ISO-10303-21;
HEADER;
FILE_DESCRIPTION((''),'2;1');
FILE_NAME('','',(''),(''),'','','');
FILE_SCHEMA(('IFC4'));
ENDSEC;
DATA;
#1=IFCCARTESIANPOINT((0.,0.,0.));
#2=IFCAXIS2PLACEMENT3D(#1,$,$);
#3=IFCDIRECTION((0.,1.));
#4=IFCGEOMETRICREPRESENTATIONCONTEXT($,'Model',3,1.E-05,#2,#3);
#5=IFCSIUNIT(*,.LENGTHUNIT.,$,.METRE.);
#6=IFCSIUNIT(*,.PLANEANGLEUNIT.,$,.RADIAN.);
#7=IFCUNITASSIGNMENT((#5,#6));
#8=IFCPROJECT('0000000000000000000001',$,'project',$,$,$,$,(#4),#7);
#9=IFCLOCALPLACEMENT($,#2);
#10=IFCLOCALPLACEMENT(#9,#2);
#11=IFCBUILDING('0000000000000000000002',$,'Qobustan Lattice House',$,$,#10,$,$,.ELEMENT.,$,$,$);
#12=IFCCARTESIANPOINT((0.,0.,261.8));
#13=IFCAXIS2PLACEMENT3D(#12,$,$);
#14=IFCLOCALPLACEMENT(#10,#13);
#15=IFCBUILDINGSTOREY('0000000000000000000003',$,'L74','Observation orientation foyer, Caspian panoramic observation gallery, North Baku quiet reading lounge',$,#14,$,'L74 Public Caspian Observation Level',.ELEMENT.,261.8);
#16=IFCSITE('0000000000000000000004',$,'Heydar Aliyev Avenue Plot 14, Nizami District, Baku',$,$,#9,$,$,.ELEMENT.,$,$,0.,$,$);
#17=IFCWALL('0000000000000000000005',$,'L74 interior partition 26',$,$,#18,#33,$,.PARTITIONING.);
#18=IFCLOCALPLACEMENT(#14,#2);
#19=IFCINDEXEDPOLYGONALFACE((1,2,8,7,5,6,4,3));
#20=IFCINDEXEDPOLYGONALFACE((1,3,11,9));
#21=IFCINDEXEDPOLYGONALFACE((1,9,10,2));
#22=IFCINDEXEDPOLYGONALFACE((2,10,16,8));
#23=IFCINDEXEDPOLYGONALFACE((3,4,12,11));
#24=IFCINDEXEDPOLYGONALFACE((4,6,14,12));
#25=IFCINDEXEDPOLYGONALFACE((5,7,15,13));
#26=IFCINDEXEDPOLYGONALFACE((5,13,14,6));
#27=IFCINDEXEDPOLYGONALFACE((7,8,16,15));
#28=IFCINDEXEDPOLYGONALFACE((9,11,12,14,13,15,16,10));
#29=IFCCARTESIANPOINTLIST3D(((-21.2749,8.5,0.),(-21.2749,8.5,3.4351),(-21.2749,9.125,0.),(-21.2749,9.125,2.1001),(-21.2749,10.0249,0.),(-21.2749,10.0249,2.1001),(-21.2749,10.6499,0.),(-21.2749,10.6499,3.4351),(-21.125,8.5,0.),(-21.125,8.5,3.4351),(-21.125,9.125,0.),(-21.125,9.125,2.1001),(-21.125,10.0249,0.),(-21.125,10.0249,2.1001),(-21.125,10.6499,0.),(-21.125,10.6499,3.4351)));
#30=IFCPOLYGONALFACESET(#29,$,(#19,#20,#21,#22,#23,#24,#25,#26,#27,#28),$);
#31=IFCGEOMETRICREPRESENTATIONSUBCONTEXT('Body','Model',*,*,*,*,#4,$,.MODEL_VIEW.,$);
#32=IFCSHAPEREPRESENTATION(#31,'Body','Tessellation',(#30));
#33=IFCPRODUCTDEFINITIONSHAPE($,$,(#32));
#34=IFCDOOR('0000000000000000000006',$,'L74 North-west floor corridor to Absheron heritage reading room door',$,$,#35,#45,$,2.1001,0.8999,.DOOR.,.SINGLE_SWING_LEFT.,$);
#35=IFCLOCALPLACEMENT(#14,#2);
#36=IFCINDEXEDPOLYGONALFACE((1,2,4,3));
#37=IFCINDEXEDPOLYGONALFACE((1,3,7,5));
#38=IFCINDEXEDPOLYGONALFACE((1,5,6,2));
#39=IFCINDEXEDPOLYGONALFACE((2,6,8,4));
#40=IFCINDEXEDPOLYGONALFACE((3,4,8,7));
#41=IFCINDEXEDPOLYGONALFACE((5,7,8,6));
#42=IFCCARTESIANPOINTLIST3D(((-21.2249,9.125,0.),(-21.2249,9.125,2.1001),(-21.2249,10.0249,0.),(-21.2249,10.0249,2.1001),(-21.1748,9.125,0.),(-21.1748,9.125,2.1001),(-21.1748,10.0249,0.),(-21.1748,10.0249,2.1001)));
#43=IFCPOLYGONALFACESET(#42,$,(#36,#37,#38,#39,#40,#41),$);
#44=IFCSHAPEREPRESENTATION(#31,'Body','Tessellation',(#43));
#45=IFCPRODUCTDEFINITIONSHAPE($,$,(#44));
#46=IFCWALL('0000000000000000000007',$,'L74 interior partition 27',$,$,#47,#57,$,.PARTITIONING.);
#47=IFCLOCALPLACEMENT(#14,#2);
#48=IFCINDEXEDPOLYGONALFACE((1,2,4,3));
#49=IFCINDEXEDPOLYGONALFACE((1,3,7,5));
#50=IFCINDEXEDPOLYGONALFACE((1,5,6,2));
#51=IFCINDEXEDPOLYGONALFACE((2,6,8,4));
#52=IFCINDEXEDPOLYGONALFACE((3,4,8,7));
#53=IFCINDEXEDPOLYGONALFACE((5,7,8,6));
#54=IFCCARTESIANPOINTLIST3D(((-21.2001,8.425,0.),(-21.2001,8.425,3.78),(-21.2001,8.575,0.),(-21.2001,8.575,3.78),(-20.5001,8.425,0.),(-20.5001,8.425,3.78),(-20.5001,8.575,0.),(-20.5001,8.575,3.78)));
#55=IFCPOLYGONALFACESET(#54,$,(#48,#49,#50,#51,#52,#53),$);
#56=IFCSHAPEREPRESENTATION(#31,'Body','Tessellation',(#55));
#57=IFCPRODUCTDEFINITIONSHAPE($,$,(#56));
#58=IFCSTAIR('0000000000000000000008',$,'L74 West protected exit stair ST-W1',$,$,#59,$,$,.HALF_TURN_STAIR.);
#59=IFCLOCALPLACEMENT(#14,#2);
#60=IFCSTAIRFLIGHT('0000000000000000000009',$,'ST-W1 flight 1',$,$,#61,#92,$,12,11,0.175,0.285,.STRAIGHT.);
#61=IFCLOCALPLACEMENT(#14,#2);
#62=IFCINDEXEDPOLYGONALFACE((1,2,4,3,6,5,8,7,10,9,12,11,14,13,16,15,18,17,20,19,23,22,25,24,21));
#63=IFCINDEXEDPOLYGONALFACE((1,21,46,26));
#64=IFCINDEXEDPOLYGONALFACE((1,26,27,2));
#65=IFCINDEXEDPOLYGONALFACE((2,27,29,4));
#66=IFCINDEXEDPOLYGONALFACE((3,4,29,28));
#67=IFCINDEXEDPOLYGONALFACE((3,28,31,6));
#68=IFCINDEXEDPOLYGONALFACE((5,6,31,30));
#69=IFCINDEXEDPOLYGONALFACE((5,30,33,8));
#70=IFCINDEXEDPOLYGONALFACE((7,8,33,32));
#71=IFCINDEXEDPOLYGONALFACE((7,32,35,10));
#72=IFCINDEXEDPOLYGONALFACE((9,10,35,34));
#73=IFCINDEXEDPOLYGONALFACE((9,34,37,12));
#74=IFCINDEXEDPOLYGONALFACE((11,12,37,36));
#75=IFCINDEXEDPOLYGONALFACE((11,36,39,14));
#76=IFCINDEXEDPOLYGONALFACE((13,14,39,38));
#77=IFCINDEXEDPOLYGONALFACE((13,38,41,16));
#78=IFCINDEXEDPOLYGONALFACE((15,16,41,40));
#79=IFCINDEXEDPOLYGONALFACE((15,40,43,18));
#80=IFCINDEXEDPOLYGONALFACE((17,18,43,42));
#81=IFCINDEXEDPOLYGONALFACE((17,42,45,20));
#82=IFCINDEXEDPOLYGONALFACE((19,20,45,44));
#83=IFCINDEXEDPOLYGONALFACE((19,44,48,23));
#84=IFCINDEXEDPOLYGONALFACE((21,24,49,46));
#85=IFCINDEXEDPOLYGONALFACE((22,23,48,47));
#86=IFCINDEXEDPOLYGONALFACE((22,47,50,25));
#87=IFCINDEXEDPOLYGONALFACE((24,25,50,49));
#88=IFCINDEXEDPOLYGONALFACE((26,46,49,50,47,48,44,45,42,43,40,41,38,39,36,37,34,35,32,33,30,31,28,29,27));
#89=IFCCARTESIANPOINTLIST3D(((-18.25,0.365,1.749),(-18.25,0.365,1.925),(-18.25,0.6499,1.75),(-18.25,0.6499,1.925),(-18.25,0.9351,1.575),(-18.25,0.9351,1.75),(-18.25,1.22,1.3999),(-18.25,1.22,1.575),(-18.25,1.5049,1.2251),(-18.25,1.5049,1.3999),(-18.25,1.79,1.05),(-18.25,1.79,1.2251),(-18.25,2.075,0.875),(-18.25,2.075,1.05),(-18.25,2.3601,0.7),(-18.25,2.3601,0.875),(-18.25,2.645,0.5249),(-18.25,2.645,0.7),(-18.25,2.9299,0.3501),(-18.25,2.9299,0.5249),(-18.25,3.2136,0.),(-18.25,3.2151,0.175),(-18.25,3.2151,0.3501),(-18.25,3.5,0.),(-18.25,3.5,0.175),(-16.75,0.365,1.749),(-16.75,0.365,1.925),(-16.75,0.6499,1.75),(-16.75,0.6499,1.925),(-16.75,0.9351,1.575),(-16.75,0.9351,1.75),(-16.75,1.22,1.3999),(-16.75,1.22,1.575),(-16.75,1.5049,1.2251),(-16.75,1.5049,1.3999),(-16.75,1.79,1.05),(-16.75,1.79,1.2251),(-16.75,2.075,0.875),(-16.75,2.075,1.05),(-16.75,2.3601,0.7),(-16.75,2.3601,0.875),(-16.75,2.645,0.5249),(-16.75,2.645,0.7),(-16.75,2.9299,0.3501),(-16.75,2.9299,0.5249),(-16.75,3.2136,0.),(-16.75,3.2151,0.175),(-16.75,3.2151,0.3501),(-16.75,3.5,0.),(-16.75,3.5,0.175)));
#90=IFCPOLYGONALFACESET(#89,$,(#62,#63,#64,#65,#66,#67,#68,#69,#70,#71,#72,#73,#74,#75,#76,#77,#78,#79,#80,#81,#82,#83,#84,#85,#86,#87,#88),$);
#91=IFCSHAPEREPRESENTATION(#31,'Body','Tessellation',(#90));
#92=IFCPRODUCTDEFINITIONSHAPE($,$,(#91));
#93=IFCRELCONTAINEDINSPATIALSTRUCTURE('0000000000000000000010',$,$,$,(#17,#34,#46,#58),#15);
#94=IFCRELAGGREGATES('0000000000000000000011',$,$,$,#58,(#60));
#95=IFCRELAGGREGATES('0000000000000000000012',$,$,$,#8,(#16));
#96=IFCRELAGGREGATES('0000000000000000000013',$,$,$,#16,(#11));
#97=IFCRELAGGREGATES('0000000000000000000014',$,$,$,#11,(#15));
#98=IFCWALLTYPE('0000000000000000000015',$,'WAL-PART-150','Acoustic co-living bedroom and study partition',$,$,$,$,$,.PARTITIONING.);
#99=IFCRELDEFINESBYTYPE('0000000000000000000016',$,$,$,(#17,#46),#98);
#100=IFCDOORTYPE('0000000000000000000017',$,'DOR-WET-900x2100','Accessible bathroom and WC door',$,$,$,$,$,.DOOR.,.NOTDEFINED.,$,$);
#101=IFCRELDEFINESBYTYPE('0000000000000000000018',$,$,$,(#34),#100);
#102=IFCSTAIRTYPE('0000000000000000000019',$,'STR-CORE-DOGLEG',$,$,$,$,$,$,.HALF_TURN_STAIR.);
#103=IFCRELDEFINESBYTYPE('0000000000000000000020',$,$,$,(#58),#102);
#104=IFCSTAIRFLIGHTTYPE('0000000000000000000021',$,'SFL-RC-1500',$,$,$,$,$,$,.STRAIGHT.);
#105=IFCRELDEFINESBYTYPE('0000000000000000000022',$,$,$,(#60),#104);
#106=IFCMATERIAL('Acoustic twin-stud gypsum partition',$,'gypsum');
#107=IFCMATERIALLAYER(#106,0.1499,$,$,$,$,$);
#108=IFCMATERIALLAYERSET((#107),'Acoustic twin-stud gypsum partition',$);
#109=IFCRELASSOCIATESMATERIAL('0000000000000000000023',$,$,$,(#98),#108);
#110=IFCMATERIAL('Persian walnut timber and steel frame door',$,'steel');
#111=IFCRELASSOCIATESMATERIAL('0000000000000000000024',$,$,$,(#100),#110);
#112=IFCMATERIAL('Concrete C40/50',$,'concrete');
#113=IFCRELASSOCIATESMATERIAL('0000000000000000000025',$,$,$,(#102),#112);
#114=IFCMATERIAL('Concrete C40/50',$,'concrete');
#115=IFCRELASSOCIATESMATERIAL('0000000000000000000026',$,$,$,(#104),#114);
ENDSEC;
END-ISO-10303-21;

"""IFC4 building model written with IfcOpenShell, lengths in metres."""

from ifc_helpers import new_model, si_unit, direction, frame, frame_2d, origin, place, context, subcontext, project, spatial, polyline, rectangle, outline, extrude, material, layer, layer_set, type_object, element, fill, aggregate, save


model = new_model("IFC4")

# Units and contexts
model_context = context("Model", 3, precision=1e-05, world=origin(), true_north=direction((0.0, 1.0)))
body_context = subcontext(model_context, "Body", "Model", "MODEL_VIEW")
ifc_project = project(units=[si_unit("LENGTHUNIT", "METRE"), si_unit("PLANEANGLEUNIT", "RADIAN")], contexts=[model_context])

# Site, building, storey
site_placement = place(None, origin())
site = spatial("IfcSite", under=ifc_project, at=site_placement, Name="Heydar Aliyev Avenue Plot 14, Nizami District, Baku", CompositionType="ELEMENT", RefElevation=0.0)
building_placement = place(site_placement, origin())
building = spatial("IfcBuilding", under=site, at=building_placement, Name="Qobustan Lattice House", CompositionType="ELEMENT")
storey_placement = place(building_placement, frame((0.0, 0.0, 261.8)))
storey = spatial("IfcBuildingStorey", under=building, at=storey_placement, Name="L74", Description="Observation orientation foyer, Caspian panoramic observation gallery, North Baku quiet reading lounge", LongName="L74 Public Caspian Observation Level", CompositionType="ELEMENT", Elevation=261.8)

# Wall, opening, door
ifc_material_1 = material(Name="Acoustic twin-stud gypsum partition", Category="gypsum")
ifc_layer_1 = layer(ifc_material_1, 0.1499)
ifc_layer_set_1 = layer_set([ifc_layer_1], Name="Acoustic twin-stud gypsum partition")
wall_type_1 = type_object("IfcWallType", Name="WAL-PART-150", Description="Acoustic co-living bedroom and study partition", PredefinedType="PARTITIONING", material=ifc_layer_set_1)
wall_1_placement = place(storey_placement, frame((-21.2, 8.5, 0.0), z_axis=(0.0, 0.0, 1.0), x_axis=(0.0, 1.0, 0.0)))
wall_1 = element("IfcWall", 1, at=wall_1_placement, inside=storey, type_object=wall_type_1, Name="L74 interior partition 26", PredefinedType="PARTITIONING", context=body_context, shape_type="SweptSolid", body=[
    extrude(rectangle(XDim=2.1499, YDim=0.1499, at=frame_2d((1.075, 0.0))), origin(), (0.0, 0.0, 1.0), 3.4351),
])
opening_1_placement = place(wall_1_placement, frame((0.625, 0.0, 0.0)))
opening_1 = element("IfcOpeningElement", 2, at=opening_1_placement, cuts=wall_1, PredefinedType="OPENING", context=body_context, shape_type="SweptSolid", body=[
    extrude(rectangle(XDim=0.8999, YDim=2.1001, at=frame_2d((0.45, 1.05))), frame((0.0, 0.085, 0.0), z_axis=(0.0, -1.0, 0.0), x_axis=(1.0, 0.0, 0.0)), (0.0, 0.0, 1.0), 0.1699),
])
ifc_material_2 = material(Name="Persian walnut timber and steel frame door", Category="steel")
door_type_1 = type_object("IfcDoorType", Name="DOR-WET-900x2100", Description="Accessible bathroom and WC door", OperationType="NOTDEFINED", PredefinedType="DOOR", material=ifc_material_2)
door_1_placement = place(opening_1_placement, origin())
door_1 = element("IfcDoor", 3, at=door_1_placement, inside=storey, type_object=door_type_1, Name="L74 North-west floor corridor to Absheron heritage reading room door", OperationType="SINGLE_SWING_LEFT", OverallHeight=2.1001, OverallWidth=0.8999, PredefinedType="DOOR", context=body_context, shape_type="SweptSolid", body=[
    extrude(rectangle(XDim=0.8999, YDim=2.1001, at=frame_2d((0.45, 1.05))), frame((0.0, 0.0249, 0.0), z_axis=(0.0, -1.0, 0.0), x_axis=(1.0, 0.0, 0.0)), (0.0, 0.0, 1.0), 0.05),
])
fill(opening_1, door_1)

# Wall
wall_2_placement = place(storey_placement, frame((-20.5, 8.5, 0.0), z_axis=(0.0, 0.0, 1.0), x_axis=(-1.0, 0.0, 0.0)))
element("IfcWall", 4, at=wall_2_placement, inside=storey, type_object=wall_type_1, Name="L74 interior partition 27", PredefinedType="PARTITIONING", context=body_context, shape_type="SweptSolid", body=[
    extrude(rectangle(XDim=0.7, YDim=0.1499, at=frame_2d((0.3501, 0.0))), origin(), (0.0, 0.0, 1.0), 3.78),
])

# Stair, stair flight
ifc_material_3 = material(Name="Concrete C40/50", Category="concrete")
stair_type = type_object("IfcStairType", Name="STR-CORE-DOGLEG", PredefinedType="HALF_TURN_STAIR", material=ifc_material_3)
stair_placement = place(storey_placement, origin())
stair = element("IfcStair", 5, at=stair_placement, inside=storey, type_object=stair_type, Name="L74 West protected exit stair ST-W1", PredefinedType="HALF_TURN_STAIR")
ifc_material_4 = material(Name="Concrete C40/50", Category="concrete")
stair_flight_type = type_object("IfcStairFlightType", Name="SFL-RC-1500", PredefinedType="STRAIGHT", material=ifc_material_4)
stair_flight_placement = place(storey_placement, frame((-17.5, 3.5, 0.0), z_axis=(0.0, 0.0, 1.0), x_axis=(0.0, -1.0, 0.0)))
stair_flight = element("IfcStairFlight", 6, at=stair_flight_placement, type_object=stair_flight_type, Name="ST-W1 flight 1", NumberOfRisers=12, NumberOfTreads=11, PredefinedType="STRAIGHT", RiserHeight=0.175, TreadLength=0.285, context=body_context, shape_type="SweptSolid", body=[
    extrude(outline(polyline([(0.0, 0.0), (0.0, 0.175), (0.2849, 0.175), (0.2849, 0.3501), (0.5701, 0.3501), (0.5701, 0.5249), (0.855, 0.5249), (0.855, 0.7), (1.1399, 0.7), (1.1399, 0.875), (1.425, 0.875), (1.425, 1.05), (1.71, 1.05), (1.71, 1.2251), (1.9951, 1.2251), (1.9951, 1.3999), (2.28, 1.3999), (2.28, 1.575), (2.5649, 1.575), (2.5649, 1.75), (2.8501, 1.75), (2.8501, 1.925), (3.135, 1.925), (3.135, 2.1001), (3.135, 1.749), (0.2864, 0.0), (0.0, 0.0)])), frame((0.0, 0.75, 0.0), z_axis=(0.0, -1.0, 0.0), x_axis=(1.0, 0.0, 0.0)), (0.0, 0.0, 1.0), 1.5),
])
aggregate(stair, [stair_flight])

save(model, "model.ifc")
